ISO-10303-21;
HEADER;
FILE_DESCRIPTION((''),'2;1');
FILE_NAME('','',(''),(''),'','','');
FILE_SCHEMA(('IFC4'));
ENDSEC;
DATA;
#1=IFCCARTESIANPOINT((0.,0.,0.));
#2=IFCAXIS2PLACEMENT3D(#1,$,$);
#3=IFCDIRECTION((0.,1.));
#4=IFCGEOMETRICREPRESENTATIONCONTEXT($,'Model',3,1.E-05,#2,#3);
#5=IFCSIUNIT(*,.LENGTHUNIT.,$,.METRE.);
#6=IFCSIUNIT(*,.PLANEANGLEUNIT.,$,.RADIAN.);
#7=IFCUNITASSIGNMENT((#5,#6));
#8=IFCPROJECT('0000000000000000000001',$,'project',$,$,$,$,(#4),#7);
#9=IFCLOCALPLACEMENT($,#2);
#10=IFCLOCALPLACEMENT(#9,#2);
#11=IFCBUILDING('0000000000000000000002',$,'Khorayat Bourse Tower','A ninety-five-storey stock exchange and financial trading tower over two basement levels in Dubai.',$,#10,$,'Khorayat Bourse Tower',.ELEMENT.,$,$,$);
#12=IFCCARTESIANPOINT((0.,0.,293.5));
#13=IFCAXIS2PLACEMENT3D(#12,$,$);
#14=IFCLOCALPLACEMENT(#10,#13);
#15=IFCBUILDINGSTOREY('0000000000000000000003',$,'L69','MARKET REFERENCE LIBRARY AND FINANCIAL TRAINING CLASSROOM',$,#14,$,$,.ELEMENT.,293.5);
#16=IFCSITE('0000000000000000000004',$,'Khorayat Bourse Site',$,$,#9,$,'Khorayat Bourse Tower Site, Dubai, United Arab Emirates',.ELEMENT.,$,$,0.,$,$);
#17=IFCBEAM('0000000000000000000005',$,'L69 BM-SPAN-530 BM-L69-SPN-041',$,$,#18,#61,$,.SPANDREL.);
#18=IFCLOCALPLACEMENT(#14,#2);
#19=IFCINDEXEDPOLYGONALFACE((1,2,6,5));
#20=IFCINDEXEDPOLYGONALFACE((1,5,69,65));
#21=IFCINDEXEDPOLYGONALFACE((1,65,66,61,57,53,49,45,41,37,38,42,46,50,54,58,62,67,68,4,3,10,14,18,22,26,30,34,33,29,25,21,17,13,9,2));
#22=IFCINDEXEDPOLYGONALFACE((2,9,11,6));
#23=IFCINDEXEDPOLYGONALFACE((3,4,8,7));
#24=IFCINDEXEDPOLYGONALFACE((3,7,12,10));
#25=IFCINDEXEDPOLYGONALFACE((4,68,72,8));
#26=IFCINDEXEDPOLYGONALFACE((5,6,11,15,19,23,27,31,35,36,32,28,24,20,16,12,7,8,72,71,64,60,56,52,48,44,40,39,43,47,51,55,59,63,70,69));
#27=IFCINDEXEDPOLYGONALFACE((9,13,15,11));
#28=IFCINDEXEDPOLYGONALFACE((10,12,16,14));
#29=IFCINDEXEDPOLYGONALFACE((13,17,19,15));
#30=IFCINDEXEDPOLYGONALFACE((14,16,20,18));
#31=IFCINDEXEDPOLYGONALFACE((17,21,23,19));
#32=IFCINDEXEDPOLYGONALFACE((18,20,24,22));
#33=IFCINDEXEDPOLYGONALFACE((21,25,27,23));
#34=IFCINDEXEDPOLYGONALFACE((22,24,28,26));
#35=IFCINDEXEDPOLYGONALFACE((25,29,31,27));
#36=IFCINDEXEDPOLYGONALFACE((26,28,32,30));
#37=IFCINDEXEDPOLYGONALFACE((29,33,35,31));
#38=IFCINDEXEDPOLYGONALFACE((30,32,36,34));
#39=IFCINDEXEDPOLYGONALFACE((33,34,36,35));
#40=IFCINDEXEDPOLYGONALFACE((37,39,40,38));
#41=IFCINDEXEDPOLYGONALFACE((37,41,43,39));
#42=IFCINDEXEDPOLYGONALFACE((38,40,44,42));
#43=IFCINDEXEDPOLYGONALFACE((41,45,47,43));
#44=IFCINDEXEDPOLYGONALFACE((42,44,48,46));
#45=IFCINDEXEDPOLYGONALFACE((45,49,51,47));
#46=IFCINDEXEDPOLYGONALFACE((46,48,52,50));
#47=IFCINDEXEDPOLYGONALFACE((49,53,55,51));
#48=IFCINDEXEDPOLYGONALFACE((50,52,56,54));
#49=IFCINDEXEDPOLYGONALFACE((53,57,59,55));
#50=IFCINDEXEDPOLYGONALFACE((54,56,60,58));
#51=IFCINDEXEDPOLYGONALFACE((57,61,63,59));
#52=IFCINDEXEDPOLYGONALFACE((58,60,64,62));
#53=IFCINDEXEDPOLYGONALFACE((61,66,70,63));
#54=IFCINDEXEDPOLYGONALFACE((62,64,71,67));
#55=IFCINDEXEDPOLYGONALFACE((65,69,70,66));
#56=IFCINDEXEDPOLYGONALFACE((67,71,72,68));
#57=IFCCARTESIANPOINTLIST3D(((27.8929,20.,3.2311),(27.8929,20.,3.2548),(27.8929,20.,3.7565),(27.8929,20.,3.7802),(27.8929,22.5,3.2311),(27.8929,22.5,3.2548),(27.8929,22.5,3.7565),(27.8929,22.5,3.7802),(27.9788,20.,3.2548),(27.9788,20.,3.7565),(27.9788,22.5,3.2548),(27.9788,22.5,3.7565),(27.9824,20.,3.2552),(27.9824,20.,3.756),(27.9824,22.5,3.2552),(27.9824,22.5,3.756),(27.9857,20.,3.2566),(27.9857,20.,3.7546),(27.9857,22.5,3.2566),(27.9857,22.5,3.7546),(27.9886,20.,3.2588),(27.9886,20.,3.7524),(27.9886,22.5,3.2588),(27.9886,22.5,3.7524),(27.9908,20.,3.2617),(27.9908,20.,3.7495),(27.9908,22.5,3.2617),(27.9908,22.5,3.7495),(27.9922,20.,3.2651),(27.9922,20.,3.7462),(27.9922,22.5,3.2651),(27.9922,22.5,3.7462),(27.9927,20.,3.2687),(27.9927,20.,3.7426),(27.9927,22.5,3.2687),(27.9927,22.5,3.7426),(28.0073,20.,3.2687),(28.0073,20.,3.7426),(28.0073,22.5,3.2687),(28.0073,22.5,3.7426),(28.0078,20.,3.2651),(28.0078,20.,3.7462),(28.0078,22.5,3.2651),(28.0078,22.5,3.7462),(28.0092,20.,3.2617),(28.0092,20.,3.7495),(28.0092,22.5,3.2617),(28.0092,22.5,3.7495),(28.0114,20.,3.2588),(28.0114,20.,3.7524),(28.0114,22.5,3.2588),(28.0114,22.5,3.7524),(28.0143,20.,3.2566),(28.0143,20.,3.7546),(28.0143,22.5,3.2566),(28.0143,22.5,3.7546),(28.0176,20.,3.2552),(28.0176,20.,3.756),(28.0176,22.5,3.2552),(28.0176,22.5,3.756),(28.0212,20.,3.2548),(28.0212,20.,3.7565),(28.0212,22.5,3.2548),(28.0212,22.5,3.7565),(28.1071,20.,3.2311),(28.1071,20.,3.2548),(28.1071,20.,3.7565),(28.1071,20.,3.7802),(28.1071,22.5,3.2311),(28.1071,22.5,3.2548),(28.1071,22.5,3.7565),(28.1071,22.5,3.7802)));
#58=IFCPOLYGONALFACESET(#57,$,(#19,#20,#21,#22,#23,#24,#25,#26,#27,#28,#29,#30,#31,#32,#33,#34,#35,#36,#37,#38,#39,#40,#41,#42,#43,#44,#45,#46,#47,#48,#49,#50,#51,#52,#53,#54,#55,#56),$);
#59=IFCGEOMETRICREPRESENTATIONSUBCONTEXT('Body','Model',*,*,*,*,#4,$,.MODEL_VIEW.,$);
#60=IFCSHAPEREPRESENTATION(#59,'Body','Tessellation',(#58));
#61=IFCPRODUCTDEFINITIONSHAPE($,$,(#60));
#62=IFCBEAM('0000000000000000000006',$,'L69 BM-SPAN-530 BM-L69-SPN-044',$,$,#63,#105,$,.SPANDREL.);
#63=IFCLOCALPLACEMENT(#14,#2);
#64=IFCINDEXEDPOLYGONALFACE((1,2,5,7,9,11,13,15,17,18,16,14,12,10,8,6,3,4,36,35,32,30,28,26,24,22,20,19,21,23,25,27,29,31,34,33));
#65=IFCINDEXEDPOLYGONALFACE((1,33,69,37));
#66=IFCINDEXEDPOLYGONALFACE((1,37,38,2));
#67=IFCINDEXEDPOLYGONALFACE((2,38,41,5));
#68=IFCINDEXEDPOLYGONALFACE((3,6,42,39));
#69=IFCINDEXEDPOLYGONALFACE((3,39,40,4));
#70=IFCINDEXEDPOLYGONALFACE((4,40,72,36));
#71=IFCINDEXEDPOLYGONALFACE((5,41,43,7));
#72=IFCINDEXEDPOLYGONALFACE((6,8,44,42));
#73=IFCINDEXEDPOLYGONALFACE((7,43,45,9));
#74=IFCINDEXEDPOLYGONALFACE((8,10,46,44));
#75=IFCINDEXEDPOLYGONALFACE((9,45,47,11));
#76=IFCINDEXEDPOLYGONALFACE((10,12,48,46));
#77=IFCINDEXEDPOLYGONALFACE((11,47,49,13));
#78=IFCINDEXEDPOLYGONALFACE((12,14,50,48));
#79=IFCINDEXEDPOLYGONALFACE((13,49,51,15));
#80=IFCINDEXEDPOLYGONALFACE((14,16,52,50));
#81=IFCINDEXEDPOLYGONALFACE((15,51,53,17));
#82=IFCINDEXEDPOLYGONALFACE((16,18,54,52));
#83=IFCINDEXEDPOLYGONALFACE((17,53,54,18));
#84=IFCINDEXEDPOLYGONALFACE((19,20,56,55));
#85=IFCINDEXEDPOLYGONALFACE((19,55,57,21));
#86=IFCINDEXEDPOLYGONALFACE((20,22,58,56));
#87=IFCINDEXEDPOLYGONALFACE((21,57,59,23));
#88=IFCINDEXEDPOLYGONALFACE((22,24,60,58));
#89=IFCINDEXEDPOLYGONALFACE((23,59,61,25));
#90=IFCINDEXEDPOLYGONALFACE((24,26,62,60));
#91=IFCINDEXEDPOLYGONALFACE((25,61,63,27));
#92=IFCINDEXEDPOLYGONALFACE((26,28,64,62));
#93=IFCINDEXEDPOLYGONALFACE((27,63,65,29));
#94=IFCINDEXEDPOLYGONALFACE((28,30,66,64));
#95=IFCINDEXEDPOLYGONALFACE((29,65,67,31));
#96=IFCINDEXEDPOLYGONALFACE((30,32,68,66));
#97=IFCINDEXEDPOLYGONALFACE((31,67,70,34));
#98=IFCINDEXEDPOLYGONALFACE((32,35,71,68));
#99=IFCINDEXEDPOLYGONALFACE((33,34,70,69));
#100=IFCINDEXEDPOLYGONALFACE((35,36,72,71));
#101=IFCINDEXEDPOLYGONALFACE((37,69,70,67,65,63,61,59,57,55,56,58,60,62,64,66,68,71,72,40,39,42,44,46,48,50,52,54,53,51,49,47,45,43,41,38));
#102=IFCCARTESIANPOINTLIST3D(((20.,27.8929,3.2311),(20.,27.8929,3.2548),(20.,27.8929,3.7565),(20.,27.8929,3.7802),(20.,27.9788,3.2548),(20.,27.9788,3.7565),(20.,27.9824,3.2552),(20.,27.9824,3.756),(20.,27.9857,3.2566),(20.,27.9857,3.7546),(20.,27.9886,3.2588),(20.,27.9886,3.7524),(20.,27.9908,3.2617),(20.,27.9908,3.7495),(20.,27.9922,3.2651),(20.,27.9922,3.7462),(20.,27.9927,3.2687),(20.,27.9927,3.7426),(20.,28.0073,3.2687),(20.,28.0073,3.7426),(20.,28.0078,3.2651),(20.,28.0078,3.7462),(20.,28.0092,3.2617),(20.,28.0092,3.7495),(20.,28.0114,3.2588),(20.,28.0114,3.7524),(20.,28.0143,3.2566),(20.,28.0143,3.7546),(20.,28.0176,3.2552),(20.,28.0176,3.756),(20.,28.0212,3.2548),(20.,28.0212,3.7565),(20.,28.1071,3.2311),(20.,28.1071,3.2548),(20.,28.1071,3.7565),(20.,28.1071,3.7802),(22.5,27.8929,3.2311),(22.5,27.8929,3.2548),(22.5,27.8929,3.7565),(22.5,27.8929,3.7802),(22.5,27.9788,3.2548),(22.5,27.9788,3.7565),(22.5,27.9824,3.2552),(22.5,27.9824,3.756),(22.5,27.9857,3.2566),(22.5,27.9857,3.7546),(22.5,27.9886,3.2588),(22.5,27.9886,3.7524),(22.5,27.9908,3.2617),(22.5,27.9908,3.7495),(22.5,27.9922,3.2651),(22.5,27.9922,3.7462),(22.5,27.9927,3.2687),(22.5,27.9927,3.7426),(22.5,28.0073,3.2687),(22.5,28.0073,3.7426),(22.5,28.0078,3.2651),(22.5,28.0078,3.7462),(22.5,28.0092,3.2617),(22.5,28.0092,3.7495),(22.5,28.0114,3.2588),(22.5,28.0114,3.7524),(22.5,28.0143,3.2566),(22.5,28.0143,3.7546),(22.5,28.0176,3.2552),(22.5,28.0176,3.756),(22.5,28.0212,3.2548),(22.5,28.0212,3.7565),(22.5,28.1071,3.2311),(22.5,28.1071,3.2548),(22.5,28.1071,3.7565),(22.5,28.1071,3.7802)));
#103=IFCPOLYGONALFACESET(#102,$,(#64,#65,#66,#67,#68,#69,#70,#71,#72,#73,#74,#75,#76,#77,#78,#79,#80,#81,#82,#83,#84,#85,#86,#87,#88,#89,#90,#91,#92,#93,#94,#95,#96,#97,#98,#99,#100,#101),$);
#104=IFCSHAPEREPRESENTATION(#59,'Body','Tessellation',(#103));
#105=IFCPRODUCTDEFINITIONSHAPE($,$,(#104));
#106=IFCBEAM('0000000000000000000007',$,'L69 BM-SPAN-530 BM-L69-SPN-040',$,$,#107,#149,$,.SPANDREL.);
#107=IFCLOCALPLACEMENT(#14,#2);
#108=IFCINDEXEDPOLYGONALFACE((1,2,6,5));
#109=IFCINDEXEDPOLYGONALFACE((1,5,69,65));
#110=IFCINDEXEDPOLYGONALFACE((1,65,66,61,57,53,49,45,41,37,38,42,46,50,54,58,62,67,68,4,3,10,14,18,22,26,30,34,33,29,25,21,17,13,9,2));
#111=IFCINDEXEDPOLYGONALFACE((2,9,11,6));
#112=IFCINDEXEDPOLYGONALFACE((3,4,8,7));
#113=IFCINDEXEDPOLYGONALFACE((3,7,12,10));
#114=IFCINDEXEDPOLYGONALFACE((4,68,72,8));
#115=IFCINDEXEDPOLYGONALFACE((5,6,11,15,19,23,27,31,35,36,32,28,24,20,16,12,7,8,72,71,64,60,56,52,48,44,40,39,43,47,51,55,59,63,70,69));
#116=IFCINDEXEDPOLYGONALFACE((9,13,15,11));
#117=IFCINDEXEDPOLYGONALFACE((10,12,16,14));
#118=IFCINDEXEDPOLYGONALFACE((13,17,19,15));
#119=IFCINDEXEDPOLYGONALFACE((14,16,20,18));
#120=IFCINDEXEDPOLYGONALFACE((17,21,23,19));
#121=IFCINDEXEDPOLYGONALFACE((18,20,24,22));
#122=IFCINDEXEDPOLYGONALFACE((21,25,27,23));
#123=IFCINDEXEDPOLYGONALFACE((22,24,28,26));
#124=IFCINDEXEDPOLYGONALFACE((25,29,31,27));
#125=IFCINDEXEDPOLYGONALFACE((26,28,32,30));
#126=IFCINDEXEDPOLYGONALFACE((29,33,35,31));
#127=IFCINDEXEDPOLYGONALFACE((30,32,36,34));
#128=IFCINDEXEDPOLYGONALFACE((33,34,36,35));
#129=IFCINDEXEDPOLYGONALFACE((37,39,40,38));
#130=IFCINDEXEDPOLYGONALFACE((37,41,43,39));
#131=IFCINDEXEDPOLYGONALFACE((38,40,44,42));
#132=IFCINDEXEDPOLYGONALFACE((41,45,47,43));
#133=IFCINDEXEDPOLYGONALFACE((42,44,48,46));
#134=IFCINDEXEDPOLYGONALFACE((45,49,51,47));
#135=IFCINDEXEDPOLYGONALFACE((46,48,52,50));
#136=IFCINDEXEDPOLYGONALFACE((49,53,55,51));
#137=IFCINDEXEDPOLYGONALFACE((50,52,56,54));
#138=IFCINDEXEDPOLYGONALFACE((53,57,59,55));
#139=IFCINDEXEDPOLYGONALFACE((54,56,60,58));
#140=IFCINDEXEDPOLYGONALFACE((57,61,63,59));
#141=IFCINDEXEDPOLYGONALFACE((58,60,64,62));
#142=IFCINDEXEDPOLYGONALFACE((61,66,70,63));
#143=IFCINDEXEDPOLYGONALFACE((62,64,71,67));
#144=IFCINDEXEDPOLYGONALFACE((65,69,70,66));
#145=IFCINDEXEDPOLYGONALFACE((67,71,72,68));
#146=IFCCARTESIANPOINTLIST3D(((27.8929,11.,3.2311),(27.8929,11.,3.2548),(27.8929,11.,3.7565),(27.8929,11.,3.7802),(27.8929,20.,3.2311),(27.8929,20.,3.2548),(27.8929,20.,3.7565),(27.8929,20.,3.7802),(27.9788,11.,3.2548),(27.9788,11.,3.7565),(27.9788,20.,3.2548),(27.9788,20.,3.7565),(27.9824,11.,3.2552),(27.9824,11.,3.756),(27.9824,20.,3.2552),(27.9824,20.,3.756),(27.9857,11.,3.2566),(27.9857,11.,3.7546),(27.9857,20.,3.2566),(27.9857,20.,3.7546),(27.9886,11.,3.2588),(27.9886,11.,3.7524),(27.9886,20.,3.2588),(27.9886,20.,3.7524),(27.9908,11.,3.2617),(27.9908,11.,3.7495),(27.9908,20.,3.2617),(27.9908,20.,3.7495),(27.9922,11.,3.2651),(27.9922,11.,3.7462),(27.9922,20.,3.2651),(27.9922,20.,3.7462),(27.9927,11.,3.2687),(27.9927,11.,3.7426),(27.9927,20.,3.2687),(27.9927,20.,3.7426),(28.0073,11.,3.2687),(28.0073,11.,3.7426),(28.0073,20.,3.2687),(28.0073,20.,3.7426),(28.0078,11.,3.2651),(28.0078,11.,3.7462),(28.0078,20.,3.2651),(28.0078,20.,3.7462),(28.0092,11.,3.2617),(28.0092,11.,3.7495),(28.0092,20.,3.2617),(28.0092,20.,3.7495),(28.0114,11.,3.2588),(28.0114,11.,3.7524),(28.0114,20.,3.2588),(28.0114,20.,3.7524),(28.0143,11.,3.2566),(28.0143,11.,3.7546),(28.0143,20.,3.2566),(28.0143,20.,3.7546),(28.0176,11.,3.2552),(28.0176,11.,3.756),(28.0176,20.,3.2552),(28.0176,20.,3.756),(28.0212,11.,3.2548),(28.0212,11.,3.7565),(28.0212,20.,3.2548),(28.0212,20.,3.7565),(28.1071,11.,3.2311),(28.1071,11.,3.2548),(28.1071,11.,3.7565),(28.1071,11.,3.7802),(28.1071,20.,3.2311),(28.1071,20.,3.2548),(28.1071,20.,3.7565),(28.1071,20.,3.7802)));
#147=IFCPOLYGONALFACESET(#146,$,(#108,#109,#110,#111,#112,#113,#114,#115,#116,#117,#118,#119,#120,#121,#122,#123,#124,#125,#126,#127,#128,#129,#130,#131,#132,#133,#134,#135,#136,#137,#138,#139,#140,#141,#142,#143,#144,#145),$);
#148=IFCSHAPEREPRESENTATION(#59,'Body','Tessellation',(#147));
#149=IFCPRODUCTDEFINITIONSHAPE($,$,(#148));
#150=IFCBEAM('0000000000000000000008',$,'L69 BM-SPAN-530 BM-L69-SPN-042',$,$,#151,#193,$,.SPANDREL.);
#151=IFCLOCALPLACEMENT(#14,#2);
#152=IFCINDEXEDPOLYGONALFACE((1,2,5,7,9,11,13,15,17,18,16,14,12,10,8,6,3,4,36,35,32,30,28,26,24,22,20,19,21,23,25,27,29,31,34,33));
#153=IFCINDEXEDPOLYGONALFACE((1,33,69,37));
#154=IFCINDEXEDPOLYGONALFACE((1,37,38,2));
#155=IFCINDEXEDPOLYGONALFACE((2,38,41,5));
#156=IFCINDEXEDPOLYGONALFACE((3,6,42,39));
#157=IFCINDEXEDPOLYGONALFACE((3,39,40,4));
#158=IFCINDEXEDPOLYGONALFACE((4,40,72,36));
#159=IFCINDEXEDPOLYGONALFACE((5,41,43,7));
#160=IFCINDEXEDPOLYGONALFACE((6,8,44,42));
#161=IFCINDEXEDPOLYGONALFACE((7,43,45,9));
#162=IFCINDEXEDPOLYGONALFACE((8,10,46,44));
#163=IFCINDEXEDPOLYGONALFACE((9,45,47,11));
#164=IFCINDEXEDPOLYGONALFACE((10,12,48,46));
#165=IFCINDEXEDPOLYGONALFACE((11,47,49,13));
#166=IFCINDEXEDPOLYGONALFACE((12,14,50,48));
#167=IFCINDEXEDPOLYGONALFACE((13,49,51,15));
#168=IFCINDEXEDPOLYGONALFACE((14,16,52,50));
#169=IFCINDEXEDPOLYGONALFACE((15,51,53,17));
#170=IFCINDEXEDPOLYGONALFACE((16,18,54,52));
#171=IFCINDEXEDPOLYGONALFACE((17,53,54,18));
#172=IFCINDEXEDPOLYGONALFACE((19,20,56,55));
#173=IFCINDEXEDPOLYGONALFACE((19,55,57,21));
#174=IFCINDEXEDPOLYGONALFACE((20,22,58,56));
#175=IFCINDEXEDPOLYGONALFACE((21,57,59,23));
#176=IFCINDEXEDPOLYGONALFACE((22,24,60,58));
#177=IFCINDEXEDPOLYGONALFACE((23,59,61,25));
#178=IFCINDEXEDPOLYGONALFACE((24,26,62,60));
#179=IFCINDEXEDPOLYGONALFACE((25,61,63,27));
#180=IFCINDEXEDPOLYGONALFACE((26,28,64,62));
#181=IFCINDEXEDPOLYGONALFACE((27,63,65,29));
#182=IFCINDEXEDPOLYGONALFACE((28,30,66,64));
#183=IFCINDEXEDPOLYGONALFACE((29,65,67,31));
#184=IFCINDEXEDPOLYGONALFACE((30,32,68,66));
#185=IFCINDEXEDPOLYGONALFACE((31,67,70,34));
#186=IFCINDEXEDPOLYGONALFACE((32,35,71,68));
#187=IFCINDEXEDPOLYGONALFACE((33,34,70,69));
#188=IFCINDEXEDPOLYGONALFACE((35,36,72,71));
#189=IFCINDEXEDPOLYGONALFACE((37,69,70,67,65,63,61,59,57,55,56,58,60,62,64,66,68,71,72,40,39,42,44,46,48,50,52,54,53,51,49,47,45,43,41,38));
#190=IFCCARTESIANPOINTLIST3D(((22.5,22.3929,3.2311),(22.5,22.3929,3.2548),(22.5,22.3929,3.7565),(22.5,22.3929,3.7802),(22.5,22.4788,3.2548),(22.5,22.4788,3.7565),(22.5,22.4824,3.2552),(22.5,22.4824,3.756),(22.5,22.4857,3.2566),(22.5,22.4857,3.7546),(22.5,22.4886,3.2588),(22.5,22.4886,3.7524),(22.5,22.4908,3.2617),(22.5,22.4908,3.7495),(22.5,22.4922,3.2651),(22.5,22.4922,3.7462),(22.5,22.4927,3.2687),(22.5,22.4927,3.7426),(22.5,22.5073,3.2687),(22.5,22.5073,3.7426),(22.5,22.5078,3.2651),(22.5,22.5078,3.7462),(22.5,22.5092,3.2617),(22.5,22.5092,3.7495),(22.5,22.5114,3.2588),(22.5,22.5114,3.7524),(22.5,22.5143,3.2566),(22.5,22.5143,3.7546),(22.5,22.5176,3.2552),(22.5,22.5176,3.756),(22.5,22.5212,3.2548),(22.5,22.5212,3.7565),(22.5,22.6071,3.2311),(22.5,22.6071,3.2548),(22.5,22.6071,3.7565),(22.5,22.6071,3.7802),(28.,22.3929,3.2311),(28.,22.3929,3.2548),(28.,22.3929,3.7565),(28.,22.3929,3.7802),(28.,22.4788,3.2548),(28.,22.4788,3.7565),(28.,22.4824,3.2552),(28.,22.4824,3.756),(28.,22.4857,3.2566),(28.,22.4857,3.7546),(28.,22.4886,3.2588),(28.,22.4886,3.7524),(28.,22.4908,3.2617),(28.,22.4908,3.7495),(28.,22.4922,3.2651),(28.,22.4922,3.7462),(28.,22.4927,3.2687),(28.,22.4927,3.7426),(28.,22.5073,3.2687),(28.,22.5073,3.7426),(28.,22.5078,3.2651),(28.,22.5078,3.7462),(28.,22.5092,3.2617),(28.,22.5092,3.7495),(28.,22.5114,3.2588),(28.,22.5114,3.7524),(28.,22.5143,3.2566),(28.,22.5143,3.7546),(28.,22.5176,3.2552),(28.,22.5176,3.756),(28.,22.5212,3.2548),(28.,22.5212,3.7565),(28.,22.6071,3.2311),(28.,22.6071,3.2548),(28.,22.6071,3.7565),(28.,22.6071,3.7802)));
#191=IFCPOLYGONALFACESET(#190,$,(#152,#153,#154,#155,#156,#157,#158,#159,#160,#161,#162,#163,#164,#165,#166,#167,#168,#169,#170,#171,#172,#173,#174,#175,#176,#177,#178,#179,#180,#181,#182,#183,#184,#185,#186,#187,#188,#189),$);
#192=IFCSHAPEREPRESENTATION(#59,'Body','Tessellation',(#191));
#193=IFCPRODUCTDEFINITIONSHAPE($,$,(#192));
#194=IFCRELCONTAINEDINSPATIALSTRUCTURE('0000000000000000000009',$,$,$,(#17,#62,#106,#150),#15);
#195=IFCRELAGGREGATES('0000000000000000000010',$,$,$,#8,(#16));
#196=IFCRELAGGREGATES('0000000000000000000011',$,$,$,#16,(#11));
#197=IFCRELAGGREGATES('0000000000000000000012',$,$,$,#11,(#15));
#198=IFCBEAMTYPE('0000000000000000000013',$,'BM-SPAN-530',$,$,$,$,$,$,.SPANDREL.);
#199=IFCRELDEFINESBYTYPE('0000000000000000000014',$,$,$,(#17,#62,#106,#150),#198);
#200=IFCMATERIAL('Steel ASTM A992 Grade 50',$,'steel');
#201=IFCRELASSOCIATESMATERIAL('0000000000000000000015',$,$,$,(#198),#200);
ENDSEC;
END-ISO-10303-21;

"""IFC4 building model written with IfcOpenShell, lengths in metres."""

from ifc_helpers import new_model, si_unit, direction, frame, origin, origin_2d, place, context, subcontext, project, spatial, i_section, extrude, source, transform, mapped, material, material_profile, profile_set, type_object, element, save


model = new_model("IFC4")

# Units and contexts
model_context = context("Model", 3, precision=1e-05, world=origin(), true_north=direction((0.0, 1.0)))
body_context = subcontext(model_context, "Body", "Model", "MODEL_VIEW")
ifc_project = project(units=[si_unit("LENGTHUNIT", "METRE"), si_unit("PLANEANGLEUNIT", "RADIAN")], contexts=[model_context])

# Site, building, storey
site_placement = place(None, origin())
site = spatial("IfcSite", under=ifc_project, at=site_placement, Name="Khorayat Bourse Site", LongName="Khorayat Bourse Tower Site, Dubai, United Arab Emirates", CompositionType="ELEMENT", RefElevation=0.0)
building_placement = place(site_placement, origin())
building = spatial("IfcBuilding", under=site, at=building_placement, Name="Khorayat Bourse Tower", Description="A ninety-five-storey stock exchange and financial trading tower over two basement levels in Dubai.", LongName="Khorayat Bourse Tower", CompositionType="ELEMENT")
storey_placement = place(building_placement, frame((0.0, 0.0, 293.5)))
storey = spatial("IfcBuildingStorey", under=building, at=storey_placement, Name="L69", Description="MARKET REFERENCE LIBRARY AND FINANCIAL TRAINING CLASSROOM", CompositionType="ELEMENT", Elevation=293.5)

# Beams
ifc_material_1 = material(Name="Steel ASTM A992 Grade 50", Category="steel")
ifc_material_profile_1 = material_profile(ifc_material_1, i_section(OverallWidth=0.2141, OverallDepth=0.5491, WebThickness=0.0146, FlangeThickness=0.0237, FilletRadius=0.0139, at=origin_2d()), Name="W530X138")
ifc_profile_set_1 = profile_set([ifc_material_profile_1], Name="Steel ASTM A992 Grade 50")
beam_type_1 = type_object("IfcBeamType", Name="BM-SPAN-530", PredefinedType="SPANDREL", material=ifc_profile_set_1)
shared_shape_1 = source(origin(), body_context, "Body", "SweptSolid", [
    extrude(i_section(OverallWidth=0.2141, OverallDepth=0.5491, WebThickness=0.0146, FlangeThickness=0.0237, FilletRadius=0.0139, at=origin_2d()), origin(), (0.0, 0.0, 1.0), 2.5),
])
for number, where, z_axis, x_axis, name in (
    (1, (28.0, 20.0, 3.5056), (0.0, 1.0, 0.0), (-1.0, 0.0, 0.0), "L69 BM-SPAN-530 BM-L69-SPN-041"),
    (2, (20.0, 28.0, 3.5056), (1.0, 0.0, 0.0), (0.0, 1.0, 0.0), "L69 BM-SPAN-530 BM-L69-SPN-044"),
):
    element("IfcBeam", number, at=place(storey_placement, frame(where, z_axis=z_axis, x_axis=x_axis)), inside=storey, type_object=beam_type_1, Name=name, PredefinedType="SPANDREL", context=body_context, shape_type="MappedRepresentation", body=[
        mapped(shared_shape_1, transform((0.0, 0.0, 0.0), scale=1.0)),
    ])
shared_shape_2 = source(origin(), body_context, "Body", "SweptSolid", [
    extrude(i_section(OverallWidth=0.2141, OverallDepth=0.5491, WebThickness=0.0146, FlangeThickness=0.0237, FilletRadius=0.0139, at=origin_2d()), origin(), (0.0, 0.0, 1.0), 9.0),
])
beam_1_placement = place(storey_placement, frame((28.0, 11.0, 3.5056), z_axis=(0.0, 1.0, 0.0), x_axis=(-1.0, 0.0, 0.0)))
element("IfcBeam", 3, at=beam_1_placement, inside=storey, type_object=beam_type_1, Name="L69 BM-SPAN-530 BM-L69-SPN-040", PredefinedType="SPANDREL", context=body_context, shape_type="MappedRepresentation", body=[
    mapped(shared_shape_2, transform((0.0, 0.0, 0.0), scale=1.0)),
])
shared_shape_3 = source(origin(), body_context, "Body", "SweptSolid", [
    extrude(i_section(OverallWidth=0.2141, OverallDepth=0.5491, WebThickness=0.0146, FlangeThickness=0.0237, FilletRadius=0.0139, at=origin_2d()), origin(), (0.0, 0.0, 1.0), 5.5),
])
for number, where, z_axis, x_axis, name in (
    (4, (22.5, 22.5, 3.5056), (1.0, 0.0, 0.0), (0.0, 1.0, 0.0), "L69 BM-SPAN-530 BM-L69-SPN-042"),
):
    element("IfcBeam", number, at=place(storey_placement, frame(where, z_axis=z_axis, x_axis=x_axis)), inside=storey, type_object=beam_type_1, Name=name, PredefinedType="SPANDREL", context=body_context, shape_type="MappedRepresentation", body=[
        mapped(shared_shape_3, transform((0.0, 0.0, 0.0), scale=1.0)),
    ])

save(model, "model.ifc")
